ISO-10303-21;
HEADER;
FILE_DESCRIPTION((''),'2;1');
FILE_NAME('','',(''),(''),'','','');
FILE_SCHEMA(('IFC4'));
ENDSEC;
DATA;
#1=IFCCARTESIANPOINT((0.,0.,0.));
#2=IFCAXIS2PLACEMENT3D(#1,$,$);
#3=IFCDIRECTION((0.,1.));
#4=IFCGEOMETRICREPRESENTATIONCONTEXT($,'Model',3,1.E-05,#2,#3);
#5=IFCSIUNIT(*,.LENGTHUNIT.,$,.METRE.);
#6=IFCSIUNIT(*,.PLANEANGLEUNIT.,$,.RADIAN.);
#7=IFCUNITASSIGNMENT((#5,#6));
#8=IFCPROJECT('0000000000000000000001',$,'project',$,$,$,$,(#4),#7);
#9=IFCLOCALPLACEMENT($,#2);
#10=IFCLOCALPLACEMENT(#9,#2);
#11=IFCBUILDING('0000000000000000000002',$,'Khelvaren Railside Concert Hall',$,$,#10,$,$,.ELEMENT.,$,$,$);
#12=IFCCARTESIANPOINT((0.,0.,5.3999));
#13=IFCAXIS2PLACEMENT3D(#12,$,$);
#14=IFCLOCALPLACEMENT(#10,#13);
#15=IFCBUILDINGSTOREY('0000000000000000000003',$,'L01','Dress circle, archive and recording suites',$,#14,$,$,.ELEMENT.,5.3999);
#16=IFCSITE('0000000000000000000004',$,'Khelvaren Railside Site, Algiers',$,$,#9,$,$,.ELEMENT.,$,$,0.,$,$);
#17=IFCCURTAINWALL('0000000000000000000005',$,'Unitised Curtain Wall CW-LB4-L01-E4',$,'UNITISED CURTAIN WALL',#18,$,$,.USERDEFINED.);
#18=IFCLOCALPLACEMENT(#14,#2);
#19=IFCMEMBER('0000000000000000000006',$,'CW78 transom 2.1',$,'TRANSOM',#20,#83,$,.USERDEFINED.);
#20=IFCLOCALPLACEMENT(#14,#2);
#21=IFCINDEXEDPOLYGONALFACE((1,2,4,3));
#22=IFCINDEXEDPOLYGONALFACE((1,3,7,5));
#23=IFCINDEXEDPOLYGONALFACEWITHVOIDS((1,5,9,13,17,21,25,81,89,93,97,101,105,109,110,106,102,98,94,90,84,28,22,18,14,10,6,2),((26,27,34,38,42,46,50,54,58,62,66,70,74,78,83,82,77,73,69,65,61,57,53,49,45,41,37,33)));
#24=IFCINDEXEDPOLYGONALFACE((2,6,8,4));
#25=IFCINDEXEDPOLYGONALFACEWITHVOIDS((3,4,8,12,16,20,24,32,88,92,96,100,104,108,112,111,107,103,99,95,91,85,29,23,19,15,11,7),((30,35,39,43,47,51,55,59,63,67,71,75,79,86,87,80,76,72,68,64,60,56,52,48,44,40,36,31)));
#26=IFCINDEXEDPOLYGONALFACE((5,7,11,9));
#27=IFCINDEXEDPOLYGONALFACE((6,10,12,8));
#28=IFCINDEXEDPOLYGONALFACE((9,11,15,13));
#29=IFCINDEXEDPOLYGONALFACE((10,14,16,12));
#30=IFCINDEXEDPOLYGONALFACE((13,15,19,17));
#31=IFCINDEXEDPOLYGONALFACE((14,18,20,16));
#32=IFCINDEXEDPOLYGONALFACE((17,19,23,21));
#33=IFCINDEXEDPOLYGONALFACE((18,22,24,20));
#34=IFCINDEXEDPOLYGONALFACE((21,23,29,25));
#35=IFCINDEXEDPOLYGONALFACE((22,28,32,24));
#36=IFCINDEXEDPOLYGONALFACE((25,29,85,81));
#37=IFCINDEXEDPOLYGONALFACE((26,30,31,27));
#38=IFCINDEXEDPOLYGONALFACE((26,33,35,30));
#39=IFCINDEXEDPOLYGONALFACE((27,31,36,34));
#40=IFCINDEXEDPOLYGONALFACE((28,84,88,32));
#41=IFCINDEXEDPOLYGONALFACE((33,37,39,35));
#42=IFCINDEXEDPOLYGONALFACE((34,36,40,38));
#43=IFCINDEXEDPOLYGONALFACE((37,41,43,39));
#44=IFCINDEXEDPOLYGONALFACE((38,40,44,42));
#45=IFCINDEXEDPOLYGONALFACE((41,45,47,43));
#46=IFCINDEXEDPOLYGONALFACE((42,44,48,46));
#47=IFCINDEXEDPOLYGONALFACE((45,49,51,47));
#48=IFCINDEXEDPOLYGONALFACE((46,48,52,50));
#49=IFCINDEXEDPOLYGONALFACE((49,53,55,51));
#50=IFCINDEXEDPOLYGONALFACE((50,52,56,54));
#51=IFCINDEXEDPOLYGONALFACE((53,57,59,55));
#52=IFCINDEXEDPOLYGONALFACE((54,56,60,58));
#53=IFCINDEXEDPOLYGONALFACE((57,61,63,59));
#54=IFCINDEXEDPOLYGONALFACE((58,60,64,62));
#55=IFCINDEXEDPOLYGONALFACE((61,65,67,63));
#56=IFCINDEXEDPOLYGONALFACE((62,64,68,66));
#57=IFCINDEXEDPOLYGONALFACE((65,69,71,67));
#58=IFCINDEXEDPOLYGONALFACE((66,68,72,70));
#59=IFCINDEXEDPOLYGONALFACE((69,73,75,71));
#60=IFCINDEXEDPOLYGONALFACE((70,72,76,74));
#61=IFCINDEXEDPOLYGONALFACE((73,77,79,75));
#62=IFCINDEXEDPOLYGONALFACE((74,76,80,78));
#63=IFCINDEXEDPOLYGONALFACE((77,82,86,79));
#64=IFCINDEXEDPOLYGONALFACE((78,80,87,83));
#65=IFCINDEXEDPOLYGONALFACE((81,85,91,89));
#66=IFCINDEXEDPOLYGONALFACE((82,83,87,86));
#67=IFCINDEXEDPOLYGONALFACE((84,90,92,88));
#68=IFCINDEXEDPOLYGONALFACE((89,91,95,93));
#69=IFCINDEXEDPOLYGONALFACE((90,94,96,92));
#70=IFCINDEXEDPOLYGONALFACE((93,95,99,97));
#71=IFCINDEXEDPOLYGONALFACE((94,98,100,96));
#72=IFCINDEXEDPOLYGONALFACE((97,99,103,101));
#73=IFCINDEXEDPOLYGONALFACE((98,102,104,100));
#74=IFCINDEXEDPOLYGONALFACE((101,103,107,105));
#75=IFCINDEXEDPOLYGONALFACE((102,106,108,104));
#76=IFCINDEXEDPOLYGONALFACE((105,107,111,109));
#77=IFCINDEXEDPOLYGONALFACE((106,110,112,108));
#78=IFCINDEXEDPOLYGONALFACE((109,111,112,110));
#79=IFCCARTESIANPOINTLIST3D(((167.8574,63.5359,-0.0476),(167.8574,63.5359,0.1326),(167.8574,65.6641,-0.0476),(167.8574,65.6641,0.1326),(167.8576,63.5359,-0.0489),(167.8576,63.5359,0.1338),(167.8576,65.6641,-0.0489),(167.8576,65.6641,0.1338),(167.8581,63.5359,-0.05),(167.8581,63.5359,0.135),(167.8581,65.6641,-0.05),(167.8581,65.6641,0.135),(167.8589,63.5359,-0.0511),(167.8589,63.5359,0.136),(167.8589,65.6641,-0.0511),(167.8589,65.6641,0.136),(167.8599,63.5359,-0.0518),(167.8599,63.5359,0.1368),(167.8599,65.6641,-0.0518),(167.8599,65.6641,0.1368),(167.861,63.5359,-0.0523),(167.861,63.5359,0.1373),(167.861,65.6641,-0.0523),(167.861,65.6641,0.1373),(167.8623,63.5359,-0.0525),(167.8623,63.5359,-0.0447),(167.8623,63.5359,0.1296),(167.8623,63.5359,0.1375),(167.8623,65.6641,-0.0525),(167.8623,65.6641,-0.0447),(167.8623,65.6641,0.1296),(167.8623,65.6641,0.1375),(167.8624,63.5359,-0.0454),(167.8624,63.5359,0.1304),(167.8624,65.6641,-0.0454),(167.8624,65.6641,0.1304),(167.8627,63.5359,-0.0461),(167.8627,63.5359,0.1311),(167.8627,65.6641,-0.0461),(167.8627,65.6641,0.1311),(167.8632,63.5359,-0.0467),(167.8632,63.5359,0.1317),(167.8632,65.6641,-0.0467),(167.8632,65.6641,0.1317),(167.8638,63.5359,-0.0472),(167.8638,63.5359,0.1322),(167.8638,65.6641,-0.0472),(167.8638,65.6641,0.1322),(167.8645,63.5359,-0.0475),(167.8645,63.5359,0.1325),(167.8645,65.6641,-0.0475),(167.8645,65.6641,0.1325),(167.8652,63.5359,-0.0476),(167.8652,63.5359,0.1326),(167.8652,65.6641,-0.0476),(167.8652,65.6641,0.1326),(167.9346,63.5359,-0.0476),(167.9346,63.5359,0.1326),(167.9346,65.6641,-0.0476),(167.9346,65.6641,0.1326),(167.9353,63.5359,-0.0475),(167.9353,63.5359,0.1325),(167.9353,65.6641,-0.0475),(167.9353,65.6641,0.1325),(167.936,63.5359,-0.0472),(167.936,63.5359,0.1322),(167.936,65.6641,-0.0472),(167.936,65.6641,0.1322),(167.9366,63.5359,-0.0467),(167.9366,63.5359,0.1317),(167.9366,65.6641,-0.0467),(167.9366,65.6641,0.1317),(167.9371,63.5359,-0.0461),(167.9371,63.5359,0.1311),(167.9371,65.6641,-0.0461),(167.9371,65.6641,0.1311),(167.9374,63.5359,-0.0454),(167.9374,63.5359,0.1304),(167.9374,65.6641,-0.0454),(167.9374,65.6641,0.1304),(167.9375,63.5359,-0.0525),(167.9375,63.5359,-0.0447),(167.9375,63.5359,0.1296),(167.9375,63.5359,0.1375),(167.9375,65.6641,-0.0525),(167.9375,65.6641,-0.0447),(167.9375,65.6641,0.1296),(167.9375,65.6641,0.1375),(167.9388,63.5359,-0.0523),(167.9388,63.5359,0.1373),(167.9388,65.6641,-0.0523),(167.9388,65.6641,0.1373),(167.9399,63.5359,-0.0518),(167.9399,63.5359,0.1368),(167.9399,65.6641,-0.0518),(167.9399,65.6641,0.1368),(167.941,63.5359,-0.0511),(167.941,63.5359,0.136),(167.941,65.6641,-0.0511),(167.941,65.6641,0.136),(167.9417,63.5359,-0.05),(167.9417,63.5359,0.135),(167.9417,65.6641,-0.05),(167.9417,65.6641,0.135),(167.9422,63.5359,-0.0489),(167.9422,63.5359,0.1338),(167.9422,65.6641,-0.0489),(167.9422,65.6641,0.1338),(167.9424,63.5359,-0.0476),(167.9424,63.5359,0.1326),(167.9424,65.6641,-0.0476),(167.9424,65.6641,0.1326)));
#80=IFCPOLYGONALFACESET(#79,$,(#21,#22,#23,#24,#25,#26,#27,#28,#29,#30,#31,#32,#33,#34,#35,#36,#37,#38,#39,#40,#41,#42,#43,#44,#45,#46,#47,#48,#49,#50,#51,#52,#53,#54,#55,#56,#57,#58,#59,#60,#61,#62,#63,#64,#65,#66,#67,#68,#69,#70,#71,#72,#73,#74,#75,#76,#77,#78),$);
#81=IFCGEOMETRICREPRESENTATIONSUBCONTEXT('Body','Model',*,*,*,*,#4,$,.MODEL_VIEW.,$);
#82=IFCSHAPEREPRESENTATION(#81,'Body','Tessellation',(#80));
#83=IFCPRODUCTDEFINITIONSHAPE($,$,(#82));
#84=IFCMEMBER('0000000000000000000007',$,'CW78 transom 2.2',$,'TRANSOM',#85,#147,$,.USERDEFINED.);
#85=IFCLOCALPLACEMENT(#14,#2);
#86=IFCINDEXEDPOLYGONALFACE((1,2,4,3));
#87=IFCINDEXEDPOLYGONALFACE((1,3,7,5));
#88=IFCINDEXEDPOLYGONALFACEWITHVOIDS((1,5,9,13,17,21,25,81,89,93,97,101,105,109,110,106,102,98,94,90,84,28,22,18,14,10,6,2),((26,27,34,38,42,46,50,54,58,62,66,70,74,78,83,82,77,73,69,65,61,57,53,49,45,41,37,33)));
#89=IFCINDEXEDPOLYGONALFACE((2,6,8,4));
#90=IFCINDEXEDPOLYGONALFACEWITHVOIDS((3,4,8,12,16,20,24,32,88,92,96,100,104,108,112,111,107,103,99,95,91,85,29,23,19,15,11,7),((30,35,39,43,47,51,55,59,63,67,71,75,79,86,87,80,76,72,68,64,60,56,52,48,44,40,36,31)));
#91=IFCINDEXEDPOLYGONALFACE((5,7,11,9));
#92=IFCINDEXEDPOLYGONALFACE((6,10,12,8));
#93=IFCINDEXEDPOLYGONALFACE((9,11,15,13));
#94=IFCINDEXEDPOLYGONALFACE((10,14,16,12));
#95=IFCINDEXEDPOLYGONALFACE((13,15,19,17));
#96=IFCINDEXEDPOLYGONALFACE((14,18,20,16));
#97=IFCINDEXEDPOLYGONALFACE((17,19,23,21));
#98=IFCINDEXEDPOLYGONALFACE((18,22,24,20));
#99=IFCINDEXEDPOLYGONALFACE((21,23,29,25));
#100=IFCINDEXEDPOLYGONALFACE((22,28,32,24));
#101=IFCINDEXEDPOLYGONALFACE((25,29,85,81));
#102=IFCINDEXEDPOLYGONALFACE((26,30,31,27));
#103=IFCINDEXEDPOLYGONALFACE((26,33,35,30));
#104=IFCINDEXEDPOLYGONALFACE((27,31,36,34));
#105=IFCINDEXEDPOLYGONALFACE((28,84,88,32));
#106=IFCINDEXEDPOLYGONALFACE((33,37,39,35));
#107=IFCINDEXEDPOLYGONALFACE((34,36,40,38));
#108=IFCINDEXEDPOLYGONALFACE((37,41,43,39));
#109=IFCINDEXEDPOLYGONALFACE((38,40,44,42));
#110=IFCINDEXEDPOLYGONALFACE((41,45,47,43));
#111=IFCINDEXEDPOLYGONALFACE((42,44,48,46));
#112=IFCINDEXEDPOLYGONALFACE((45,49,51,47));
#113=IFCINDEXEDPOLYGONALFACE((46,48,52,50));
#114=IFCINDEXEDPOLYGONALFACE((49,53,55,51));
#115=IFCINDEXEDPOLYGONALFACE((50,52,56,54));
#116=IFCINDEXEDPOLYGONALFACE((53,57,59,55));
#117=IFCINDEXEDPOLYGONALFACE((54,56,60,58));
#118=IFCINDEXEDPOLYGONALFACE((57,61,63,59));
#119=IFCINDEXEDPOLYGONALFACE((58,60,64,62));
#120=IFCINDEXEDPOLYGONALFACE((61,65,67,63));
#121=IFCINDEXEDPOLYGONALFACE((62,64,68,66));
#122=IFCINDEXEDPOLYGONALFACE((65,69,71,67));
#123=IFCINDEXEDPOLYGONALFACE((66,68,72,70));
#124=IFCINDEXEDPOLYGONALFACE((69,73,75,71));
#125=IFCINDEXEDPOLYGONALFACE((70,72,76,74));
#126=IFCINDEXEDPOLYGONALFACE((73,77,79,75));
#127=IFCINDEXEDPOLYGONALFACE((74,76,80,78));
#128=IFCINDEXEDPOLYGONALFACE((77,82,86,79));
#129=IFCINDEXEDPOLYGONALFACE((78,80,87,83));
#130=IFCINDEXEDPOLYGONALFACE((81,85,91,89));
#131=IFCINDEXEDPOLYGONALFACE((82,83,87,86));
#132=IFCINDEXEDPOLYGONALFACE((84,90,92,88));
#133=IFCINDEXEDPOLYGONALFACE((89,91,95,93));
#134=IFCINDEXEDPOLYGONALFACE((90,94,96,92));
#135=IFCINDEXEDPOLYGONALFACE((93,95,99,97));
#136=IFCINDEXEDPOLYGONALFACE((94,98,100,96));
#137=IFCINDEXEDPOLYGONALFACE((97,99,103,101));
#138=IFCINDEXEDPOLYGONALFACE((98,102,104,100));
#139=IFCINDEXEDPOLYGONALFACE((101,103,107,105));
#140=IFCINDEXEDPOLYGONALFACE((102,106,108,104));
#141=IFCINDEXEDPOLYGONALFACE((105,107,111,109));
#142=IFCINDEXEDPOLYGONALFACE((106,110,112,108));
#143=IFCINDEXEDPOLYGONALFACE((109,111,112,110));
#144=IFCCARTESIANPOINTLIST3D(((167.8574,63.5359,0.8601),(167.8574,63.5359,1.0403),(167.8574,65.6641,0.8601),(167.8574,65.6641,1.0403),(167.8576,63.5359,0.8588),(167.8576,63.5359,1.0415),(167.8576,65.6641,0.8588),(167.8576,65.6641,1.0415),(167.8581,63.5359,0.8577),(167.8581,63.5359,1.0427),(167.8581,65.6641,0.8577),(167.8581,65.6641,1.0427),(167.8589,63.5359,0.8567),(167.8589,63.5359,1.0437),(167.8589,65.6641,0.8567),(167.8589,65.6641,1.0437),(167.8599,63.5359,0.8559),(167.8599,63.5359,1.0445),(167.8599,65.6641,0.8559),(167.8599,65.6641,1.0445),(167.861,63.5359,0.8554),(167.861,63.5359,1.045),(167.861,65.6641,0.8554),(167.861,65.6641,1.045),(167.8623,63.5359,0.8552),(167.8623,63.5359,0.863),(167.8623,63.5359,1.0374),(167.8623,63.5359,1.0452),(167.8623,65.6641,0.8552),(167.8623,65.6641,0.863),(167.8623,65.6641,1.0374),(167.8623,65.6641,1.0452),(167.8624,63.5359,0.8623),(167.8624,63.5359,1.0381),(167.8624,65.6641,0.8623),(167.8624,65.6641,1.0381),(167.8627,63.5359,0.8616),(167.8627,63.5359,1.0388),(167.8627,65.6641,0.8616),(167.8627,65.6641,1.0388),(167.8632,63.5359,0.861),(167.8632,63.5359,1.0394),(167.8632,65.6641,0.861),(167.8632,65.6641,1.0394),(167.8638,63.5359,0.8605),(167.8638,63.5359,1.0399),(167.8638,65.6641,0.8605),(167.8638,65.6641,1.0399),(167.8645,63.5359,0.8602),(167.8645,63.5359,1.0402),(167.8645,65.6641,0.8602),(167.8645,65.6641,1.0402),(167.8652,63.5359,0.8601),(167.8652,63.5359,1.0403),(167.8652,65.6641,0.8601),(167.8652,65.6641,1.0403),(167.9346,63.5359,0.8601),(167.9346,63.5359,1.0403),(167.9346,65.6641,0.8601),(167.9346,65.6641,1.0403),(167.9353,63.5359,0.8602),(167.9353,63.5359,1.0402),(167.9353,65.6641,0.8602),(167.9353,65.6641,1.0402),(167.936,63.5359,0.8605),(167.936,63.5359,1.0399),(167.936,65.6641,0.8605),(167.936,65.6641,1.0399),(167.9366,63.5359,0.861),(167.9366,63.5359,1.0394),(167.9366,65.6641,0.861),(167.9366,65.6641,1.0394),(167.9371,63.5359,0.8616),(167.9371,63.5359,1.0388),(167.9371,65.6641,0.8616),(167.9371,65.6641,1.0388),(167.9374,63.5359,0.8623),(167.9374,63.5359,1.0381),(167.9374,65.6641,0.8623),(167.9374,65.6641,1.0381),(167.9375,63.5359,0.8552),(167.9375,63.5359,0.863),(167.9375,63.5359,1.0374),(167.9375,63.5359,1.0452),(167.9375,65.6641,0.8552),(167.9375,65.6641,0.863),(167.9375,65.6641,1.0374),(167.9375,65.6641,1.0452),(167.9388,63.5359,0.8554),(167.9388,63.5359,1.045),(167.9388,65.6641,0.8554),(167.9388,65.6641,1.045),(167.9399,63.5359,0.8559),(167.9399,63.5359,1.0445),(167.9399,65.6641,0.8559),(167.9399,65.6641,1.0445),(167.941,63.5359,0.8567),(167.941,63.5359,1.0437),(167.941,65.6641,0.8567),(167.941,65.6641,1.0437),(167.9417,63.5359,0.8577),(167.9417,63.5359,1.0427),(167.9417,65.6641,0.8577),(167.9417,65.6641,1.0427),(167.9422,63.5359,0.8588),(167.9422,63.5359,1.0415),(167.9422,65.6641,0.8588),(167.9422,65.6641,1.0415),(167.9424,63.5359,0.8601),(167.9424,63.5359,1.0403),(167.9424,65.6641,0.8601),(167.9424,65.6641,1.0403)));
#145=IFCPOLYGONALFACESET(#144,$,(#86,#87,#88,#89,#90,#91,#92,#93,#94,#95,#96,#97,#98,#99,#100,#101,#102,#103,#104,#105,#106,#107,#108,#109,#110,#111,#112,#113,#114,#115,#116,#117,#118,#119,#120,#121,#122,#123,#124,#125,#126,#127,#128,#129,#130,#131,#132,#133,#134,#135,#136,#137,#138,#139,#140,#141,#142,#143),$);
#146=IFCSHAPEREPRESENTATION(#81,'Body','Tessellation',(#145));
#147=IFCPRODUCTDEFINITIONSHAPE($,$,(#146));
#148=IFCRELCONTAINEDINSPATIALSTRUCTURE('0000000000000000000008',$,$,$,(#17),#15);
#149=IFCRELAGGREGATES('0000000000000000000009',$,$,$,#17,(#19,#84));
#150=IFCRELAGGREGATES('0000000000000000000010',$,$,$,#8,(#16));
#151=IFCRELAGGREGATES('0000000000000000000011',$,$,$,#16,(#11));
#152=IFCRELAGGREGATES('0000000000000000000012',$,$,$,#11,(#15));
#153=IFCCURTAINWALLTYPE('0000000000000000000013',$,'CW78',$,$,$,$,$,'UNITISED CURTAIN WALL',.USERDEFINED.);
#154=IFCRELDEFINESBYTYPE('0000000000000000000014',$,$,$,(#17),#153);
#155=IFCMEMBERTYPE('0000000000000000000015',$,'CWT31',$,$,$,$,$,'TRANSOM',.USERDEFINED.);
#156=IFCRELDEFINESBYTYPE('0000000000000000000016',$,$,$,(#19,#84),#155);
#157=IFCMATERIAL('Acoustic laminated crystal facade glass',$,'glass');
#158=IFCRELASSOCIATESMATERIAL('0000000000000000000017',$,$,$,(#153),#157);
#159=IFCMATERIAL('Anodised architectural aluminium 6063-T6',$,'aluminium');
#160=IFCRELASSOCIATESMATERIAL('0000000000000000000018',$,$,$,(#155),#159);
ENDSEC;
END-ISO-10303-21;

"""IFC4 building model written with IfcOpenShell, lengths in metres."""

from ifc_helpers import new_model, si_unit, direction, frame, origin, origin_2d, place, context, subcontext, project, spatial, hollow_rectangle, extrude, material, material_profile, profile_set, type_object, element, aggregate, save


model = new_model("IFC4")

# Units and contexts
model_context = context("Model", 3, precision=1e-05, world=origin(), true_north=direction((0.0, 1.0)))
body_context = subcontext(model_context, "Body", "Model", "MODEL_VIEW")
ifc_project = project(units=[si_unit("LENGTHUNIT", "METRE"), si_unit("PLANEANGLEUNIT", "RADIAN")], contexts=[model_context])

# Site, building, storey
site_placement = place(None, origin())
site = spatial("IfcSite", under=ifc_project, at=site_placement, Name="Khelvaren Railside Site, Algiers", CompositionType="ELEMENT", RefElevation=0.0)
building_placement = place(site_placement, origin())
building = spatial("IfcBuilding", under=site, at=building_placement, Name="Khelvaren Railside Concert Hall", CompositionType="ELEMENT")
storey_placement = place(building_placement, frame((0.0, 0.0, 5.3999)))
storey = spatial("IfcBuildingStorey", under=building, at=storey_placement, Name="L01", Description="Dress circle, archive and recording suites", CompositionType="ELEMENT", Elevation=5.3999)

# Curtain wall
ifc_material_1 = material(Name="Acoustic laminated crystal facade glass", Category="glass")
curtain_wall_type = type_object("IfcCurtainWallType", Name="CW78", ElementType="UNITISED CURTAIN WALL", PredefinedType="USERDEFINED", material=ifc_material_1)
curtain_wall_1_placement = place(storey_placement, origin())
curtain_wall_1 = element("IfcCurtainWall", 1, at=curtain_wall_1_placement, inside=storey, type_object=curtain_wall_type, Name="Unitised Curtain Wall CW-LB4-L01-E4", ObjectType="UNITISED CURTAIN WALL", PredefinedType="USERDEFINED")
ifc_material_2 = material(Name="Anodised architectural aluminium 6063-T6", Category="aluminium")

# Members
ifc_material_profile_1 = material_profile(ifc_material_2, hollow_rectangle(XDim=0.085, YDim=0.1899, WallThickness=0.0049, InnerFilletRadius=0.0029, OuterFilletRadius=0.0049, at=origin_2d()), Name="CWT 85x190x5")
ifc_profile_set_1 = profile_set([ifc_material_profile_1], Name="Anodised architectural aluminium 6063-T6")
member_type_1 = type_object("IfcMemberType", Name="CWT31", ElementType="TRANSOM", PredefinedType="USERDEFINED", material=ifc_profile_set_1)
member_1_placement = place(storey_placement, frame((167.8999, 65.6641, 0.0425), z_axis=(0.0, -1.0, 0.0), x_axis=(1.0, 0.0, 0.0)))
member_1 = element("IfcMember", 2, at=member_1_placement, type_object=member_type_1, Name="CW78 transom 2.1", ObjectType="TRANSOM", PredefinedType="USERDEFINED", context=body_context, shape_type="SweptSolid", body=[
    extrude(hollow_rectangle(XDim=0.085, YDim=0.1899, WallThickness=0.0049, InnerFilletRadius=0.0029, OuterFilletRadius=0.0049, at=origin_2d()), origin(), (0.0, 0.0, 1.0), 2.1282),
])
member_2_placement = place(storey_placement, frame((167.8999, 65.6641, 0.9502), z_axis=(0.0, -1.0, 0.0), x_axis=(1.0, 0.0, 0.0)))
member_2 = element("IfcMember", 3, at=member_2_placement, type_object=member_type_1, Name="CW78 transom 2.2", ObjectType="TRANSOM", PredefinedType="USERDEFINED", context=body_context, shape_type="SweptSolid", body=[
    extrude(hollow_rectangle(XDim=0.085, YDim=0.1899, WallThickness=0.0049, InnerFilletRadius=0.0029, OuterFilletRadius=0.0049, at=origin_2d()), origin(), (0.0, 0.0, 1.0), 2.1282),
])

aggregate(curtain_wall_1, [member_1, member_2])

save(model, "model.ifc")
